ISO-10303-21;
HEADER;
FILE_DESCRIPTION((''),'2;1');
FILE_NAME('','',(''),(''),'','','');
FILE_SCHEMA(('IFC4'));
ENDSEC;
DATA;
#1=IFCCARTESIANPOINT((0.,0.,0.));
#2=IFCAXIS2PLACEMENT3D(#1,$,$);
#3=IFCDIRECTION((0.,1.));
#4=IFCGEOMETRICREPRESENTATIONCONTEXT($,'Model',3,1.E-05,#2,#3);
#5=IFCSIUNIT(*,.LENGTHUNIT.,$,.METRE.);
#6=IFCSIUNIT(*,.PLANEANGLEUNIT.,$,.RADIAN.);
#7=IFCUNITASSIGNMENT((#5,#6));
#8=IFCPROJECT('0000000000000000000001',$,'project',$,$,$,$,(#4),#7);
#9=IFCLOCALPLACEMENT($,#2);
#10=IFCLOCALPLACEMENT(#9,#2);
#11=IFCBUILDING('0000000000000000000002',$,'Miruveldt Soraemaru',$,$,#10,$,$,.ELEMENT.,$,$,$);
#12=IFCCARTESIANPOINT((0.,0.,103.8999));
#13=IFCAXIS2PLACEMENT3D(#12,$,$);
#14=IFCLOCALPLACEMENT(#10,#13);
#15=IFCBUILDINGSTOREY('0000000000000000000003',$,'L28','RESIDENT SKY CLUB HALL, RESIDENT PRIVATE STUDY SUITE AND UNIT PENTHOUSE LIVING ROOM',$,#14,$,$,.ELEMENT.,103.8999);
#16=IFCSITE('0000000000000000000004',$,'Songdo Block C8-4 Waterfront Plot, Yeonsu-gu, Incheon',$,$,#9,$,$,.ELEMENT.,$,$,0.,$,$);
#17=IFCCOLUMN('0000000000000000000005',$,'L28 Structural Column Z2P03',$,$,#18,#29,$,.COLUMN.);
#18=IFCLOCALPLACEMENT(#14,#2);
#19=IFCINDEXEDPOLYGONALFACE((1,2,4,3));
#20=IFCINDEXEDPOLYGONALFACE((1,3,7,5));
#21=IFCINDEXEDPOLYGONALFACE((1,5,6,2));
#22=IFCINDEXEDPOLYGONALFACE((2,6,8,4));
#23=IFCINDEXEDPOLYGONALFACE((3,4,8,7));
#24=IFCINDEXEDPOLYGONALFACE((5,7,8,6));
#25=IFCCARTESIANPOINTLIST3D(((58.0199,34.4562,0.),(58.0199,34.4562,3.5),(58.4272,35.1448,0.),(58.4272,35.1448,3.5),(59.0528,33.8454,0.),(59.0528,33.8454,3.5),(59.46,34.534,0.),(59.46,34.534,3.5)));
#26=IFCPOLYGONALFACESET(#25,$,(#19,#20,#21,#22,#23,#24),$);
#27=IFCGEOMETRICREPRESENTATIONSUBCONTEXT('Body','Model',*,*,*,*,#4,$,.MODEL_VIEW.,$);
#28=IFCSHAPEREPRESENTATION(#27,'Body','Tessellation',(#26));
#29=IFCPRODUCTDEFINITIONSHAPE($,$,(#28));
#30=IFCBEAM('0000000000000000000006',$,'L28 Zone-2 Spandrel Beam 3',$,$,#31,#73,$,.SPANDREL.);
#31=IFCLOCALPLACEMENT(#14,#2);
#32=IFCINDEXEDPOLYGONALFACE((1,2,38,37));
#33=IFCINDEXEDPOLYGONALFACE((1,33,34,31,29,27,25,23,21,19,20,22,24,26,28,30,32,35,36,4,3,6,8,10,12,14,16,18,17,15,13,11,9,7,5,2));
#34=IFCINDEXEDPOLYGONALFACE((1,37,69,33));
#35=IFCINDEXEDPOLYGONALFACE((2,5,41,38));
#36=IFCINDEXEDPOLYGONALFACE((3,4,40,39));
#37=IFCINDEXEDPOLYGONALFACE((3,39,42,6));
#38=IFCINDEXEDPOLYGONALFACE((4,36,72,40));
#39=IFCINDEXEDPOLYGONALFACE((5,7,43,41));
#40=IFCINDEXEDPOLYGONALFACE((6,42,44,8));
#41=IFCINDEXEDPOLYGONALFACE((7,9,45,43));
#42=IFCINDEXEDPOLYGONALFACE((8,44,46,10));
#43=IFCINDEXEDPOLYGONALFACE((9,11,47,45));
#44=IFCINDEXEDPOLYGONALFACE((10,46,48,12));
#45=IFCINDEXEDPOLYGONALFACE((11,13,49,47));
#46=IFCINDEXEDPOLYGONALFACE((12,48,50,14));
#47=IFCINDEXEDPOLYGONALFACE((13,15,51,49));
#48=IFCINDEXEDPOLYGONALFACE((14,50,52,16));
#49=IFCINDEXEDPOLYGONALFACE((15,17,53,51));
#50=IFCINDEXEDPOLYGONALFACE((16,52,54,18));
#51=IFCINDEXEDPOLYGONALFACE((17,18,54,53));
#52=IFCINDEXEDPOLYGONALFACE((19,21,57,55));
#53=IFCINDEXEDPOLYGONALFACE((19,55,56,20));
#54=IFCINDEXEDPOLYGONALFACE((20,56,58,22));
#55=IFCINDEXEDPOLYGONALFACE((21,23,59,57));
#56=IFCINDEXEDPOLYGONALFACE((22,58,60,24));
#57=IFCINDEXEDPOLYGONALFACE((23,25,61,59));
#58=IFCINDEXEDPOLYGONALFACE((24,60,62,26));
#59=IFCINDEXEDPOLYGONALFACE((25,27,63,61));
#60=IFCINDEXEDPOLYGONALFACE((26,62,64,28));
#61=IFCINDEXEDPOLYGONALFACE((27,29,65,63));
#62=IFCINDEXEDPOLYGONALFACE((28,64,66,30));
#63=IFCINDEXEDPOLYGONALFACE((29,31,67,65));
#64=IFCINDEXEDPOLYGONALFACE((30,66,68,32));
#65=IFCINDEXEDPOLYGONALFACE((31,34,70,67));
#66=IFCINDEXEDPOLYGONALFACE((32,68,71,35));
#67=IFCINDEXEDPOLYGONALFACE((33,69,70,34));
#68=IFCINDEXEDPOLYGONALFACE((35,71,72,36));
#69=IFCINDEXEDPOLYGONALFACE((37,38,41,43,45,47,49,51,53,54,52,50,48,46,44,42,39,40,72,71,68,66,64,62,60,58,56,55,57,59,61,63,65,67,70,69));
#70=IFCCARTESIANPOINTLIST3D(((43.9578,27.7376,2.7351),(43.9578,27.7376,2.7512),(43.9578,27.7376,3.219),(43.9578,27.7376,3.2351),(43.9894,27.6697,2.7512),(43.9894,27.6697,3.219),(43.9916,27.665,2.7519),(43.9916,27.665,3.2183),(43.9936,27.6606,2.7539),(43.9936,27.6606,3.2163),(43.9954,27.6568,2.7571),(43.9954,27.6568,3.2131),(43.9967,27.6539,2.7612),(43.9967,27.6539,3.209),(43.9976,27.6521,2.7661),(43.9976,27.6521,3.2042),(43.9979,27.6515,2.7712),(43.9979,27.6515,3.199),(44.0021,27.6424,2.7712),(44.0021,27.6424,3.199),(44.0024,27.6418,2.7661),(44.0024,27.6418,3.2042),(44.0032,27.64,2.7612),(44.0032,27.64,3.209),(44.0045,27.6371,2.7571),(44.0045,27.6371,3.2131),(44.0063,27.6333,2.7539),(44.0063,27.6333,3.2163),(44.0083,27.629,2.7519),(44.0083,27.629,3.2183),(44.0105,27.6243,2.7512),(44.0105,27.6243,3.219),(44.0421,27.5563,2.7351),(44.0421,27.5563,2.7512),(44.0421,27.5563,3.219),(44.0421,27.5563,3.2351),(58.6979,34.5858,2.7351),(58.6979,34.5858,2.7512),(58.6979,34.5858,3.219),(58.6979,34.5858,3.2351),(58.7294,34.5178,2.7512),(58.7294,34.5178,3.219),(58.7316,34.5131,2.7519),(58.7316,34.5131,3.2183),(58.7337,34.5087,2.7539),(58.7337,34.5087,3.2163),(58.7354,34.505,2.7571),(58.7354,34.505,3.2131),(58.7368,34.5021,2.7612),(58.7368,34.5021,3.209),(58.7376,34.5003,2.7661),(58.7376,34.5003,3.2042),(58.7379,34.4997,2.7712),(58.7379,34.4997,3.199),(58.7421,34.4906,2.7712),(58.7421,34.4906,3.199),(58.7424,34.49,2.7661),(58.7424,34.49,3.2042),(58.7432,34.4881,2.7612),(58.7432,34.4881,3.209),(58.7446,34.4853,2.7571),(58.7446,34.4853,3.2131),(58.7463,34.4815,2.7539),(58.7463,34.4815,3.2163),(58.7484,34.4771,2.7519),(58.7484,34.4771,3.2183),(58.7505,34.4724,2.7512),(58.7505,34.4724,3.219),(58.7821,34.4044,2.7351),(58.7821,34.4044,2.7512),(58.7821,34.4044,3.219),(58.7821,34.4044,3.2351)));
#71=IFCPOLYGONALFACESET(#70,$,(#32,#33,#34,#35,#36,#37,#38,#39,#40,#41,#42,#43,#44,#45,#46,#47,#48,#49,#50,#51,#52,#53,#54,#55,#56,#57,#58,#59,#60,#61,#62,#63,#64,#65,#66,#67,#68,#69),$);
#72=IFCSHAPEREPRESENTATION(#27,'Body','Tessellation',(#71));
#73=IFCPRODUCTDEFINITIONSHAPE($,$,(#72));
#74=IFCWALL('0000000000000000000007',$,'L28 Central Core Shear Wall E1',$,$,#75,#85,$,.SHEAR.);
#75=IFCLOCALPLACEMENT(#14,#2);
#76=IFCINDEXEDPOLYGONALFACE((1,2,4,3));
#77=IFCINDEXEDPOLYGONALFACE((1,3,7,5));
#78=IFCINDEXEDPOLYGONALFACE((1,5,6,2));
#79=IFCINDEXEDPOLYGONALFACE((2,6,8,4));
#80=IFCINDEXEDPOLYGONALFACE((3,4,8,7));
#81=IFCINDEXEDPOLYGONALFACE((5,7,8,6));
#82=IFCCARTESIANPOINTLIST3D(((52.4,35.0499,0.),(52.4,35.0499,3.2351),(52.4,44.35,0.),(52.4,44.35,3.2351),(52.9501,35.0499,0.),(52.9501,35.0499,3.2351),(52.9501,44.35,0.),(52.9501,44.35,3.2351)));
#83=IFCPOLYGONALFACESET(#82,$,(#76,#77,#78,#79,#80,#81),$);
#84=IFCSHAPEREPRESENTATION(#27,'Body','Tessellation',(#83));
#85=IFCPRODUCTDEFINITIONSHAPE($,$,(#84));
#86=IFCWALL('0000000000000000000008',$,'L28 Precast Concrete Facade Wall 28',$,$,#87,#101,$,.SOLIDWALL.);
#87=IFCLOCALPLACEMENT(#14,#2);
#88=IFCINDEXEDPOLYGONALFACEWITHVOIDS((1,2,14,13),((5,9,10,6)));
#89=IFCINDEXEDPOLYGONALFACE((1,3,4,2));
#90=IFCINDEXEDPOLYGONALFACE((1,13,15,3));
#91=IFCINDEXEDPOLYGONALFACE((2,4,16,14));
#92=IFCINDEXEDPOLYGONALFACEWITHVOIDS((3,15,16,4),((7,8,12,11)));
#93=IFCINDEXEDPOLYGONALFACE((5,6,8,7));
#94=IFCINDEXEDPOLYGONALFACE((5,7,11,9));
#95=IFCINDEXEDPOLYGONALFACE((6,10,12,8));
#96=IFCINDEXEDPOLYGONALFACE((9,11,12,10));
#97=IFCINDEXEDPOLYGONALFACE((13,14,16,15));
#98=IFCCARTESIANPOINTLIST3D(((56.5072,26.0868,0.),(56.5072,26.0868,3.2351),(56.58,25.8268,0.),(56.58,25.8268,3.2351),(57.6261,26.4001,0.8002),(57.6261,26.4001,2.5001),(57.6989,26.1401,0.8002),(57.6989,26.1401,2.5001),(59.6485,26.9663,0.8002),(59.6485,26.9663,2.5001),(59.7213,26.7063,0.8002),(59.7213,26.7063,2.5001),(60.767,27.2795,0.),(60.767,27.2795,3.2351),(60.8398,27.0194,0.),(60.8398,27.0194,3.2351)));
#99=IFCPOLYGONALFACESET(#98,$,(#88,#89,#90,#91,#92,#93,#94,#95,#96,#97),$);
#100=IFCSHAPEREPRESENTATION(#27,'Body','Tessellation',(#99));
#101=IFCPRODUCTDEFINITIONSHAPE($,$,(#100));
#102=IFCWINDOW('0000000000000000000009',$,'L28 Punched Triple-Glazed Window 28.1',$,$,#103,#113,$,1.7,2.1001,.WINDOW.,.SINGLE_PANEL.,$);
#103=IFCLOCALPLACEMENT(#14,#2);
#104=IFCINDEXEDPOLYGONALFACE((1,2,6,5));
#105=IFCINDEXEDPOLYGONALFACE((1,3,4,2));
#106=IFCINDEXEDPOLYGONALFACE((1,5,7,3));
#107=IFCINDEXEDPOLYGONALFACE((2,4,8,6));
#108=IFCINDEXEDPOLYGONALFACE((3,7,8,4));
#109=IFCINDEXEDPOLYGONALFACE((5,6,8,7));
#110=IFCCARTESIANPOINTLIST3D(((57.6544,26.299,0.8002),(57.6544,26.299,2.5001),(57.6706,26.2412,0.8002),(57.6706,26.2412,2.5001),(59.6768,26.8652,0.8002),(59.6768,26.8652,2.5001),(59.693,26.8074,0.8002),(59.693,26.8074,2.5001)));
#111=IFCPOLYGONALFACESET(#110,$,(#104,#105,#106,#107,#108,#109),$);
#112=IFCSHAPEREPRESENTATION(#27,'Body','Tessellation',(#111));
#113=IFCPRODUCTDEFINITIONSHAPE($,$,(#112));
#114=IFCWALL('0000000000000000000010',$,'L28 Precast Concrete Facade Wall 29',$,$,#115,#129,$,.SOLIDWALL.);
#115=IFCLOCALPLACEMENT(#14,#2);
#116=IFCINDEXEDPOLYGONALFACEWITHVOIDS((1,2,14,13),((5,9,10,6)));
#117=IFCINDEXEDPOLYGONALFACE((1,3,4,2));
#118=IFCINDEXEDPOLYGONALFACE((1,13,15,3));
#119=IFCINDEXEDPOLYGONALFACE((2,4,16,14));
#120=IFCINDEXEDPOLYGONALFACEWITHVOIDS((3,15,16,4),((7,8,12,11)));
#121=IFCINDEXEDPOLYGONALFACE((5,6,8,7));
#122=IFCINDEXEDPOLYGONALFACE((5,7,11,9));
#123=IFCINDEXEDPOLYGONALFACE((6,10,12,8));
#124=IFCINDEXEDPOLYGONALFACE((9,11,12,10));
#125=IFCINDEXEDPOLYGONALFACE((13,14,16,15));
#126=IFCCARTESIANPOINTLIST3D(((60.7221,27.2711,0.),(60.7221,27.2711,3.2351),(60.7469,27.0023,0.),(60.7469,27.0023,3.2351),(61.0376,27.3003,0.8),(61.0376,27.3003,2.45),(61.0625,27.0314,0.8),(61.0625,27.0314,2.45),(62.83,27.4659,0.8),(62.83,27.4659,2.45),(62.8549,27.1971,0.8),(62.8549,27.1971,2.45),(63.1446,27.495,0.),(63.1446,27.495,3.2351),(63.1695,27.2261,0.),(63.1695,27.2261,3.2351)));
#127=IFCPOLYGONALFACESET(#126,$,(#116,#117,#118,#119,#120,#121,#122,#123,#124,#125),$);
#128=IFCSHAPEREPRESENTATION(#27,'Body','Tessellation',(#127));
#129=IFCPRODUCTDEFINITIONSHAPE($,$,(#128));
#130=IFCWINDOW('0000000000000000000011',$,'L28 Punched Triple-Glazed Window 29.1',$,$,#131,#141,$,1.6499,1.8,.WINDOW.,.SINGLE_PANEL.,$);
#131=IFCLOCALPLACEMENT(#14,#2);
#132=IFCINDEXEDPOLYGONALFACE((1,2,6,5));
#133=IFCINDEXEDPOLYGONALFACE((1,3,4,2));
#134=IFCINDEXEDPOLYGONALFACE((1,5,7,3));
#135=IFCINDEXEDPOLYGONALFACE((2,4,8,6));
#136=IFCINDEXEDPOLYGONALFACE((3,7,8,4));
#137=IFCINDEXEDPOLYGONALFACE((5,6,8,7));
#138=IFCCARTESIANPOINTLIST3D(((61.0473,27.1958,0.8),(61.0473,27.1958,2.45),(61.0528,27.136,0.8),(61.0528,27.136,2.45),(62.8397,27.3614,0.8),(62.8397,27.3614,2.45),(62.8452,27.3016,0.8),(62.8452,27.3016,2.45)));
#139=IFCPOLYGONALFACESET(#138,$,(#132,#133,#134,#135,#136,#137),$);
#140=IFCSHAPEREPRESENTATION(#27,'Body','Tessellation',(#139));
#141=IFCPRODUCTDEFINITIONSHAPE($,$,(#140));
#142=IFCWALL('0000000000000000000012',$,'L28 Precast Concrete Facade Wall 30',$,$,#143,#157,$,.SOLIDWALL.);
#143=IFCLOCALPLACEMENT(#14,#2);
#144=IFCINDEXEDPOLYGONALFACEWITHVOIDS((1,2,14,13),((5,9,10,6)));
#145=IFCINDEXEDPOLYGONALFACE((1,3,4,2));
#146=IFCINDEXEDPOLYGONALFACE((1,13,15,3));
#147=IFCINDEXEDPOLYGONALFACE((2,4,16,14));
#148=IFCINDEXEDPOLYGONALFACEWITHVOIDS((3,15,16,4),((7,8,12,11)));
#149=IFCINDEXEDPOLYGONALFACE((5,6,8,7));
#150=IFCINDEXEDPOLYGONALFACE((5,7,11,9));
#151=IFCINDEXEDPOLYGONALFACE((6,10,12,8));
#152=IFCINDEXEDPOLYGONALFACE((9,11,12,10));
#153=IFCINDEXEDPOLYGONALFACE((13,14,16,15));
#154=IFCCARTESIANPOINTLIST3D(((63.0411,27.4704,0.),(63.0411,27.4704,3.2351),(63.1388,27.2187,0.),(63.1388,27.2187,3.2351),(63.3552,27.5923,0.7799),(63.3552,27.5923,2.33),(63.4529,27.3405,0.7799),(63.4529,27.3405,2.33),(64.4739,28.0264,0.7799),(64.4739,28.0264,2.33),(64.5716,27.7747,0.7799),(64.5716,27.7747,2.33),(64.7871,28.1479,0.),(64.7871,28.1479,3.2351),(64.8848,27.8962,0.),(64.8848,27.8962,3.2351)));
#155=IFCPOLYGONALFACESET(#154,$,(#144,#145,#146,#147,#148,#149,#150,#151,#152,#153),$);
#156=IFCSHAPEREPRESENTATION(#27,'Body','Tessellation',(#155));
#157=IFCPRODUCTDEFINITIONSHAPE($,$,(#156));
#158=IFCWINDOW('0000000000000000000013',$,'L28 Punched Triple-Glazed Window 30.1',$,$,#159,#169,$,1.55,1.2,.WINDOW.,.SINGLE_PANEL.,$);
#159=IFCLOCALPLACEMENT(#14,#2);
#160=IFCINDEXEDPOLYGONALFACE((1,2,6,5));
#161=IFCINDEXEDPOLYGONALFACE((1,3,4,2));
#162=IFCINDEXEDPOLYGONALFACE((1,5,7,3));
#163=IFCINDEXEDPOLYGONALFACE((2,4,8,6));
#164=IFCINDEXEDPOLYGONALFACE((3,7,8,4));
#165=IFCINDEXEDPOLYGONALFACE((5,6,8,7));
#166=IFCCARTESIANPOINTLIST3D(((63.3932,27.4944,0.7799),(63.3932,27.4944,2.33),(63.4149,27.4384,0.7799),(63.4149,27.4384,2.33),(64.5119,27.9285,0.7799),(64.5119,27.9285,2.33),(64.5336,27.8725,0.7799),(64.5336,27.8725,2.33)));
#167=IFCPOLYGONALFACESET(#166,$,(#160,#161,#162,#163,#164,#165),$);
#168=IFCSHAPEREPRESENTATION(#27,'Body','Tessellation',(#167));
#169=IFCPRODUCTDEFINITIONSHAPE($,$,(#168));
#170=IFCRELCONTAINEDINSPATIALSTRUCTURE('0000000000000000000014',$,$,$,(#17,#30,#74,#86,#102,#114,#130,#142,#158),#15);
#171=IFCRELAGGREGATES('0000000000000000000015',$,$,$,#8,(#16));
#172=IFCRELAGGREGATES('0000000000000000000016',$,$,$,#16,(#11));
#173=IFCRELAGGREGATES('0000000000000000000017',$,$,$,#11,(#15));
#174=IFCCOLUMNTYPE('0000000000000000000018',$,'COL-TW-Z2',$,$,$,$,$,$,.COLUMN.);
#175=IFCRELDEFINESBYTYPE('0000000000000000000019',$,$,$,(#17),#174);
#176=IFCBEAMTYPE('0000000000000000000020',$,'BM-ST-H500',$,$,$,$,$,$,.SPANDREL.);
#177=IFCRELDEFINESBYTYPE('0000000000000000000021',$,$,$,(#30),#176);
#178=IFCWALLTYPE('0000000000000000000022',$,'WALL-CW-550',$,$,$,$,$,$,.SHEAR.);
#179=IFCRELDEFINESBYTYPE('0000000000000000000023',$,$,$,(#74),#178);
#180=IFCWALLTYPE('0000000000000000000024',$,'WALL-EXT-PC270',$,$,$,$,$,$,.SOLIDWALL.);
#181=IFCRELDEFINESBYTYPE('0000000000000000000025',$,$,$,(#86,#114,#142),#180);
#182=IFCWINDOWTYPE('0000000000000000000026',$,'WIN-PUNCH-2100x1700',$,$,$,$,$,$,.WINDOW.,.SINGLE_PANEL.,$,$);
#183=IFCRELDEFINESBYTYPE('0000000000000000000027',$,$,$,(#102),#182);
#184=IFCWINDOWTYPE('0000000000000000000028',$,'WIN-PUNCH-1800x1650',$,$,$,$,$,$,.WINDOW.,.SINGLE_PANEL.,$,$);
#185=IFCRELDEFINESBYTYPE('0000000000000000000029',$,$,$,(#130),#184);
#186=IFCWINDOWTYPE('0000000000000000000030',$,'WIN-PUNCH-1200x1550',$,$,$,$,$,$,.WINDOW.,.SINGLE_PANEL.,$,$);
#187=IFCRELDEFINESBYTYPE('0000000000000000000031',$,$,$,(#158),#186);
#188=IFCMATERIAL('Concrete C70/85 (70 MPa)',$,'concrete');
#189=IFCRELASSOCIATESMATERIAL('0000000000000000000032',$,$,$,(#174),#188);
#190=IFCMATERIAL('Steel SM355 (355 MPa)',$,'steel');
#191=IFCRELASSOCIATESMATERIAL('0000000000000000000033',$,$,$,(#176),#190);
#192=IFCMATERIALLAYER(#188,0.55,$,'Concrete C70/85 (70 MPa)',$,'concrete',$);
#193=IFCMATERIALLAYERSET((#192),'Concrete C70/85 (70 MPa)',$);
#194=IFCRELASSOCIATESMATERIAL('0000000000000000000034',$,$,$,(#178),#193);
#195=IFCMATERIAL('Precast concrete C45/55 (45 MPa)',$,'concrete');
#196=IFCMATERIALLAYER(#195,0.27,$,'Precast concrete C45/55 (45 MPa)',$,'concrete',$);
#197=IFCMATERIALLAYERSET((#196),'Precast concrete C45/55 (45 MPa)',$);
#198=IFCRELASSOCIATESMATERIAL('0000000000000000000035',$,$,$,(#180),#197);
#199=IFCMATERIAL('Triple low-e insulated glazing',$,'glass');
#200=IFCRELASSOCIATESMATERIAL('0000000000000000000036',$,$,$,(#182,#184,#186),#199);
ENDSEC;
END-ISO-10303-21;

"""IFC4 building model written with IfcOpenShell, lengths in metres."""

from ifc_helpers import new_model, si_unit, direction, frame, frame_2d, origin, origin_2d, place, context, subcontext, project, spatial, rectangle, i_section, extrude, material, layer, layer_set, material_profile, profile_set, type_object, element, fill, save


model = new_model("IFC4")

# Units and contexts
model_context = context("Model", 3, precision=1e-05, world=origin(), true_north=direction((0.0, 1.0)))
body_context = subcontext(model_context, "Body", "Model", "MODEL_VIEW")
ifc_project = project(units=[si_unit("LENGTHUNIT", "METRE"), si_unit("PLANEANGLEUNIT", "RADIAN")], contexts=[model_context])

# Site, building, storey
site_placement = place(None, origin())
site = spatial("IfcSite", under=ifc_project, at=site_placement, Name="Songdo Block C8-4 Waterfront Plot, Yeonsu-gu, Incheon", CompositionType="ELEMENT", RefElevation=0.0)
building_placement = place(site_placement, origin())
building = spatial("IfcBuilding", under=site, at=building_placement, Name="Miruveldt Soraemaru", CompositionType="ELEMENT")
storey_placement = place(building_placement, frame((0.0, 0.0, 103.8999)))
storey = spatial("IfcBuildingStorey", under=building, at=storey_placement, Name="L28", Description="RESIDENT SKY CLUB HALL, RESIDENT PRIVATE STUDY SUITE AND UNIT PENTHOUSE LIVING ROOM", CompositionType="ELEMENT", Elevation=103.8999)

# Column
ifc_material_1 = material(Name="Concrete C70/85 (70 MPa)", Category="concrete")
ifc_material_profile_1 = material_profile(ifc_material_1, rectangle(XDim=1.2, YDim=0.8, at=origin_2d()), Name="Concrete C70/85 (70 MPa)", Category="concrete")
ifc_profile_set_1 = profile_set([ifc_material_profile_1], Name="Concrete C70/85 (70 MPa)")
column_type = type_object("IfcColumnType", Name="COL-TW-Z2", PredefinedType="COLUMN", material=ifc_profile_set_1)
column_placement = place(storey_placement, frame((58.74, 34.4951, 0.0), z_axis=(0.0, 0.0, 1.0), x_axis=(-0.860742, 0.509041, 0.0)))
element("IfcColumn", 1, at=column_placement, inside=storey, type_object=column_type, Name="L28 Structural Column Z2P03", PredefinedType="COLUMN", context=body_context, shape_type="SweptSolid", body=[
    extrude(rectangle(XDim=1.2, YDim=0.8, at=origin_2d()), origin(), (0.0, 0.0, 1.0), 3.5),
])

# Beam
ifc_material_2 = material(Name="Steel SM355 (355 MPa)", Category="steel")
ifc_material_profile_2 = material_profile(ifc_material_2, i_section(OverallWidth=0.2, OverallDepth=0.5, WebThickness=0.01, FlangeThickness=0.0161, FilletRadius=0.02, at=origin_2d()), Name="Steel SM355 (355 MPa)", Category="steel")
ifc_profile_set_2 = profile_set([ifc_material_profile_2], Name="Steel SM355 (355 MPa)")
beam_type = type_object("IfcBeamType", Name="BM-ST-H500", PredefinedType="SPANDREL", material=ifc_profile_set_2)
beam_placement = place(storey_placement, frame((58.74, 34.4951, 2.9851), z_axis=(-0.906901, -0.421343, 0.0), x_axis=(0.421343, -0.906901, 0.0)))
element("IfcBeam", 2, at=beam_placement, inside=storey, type_object=beam_type, Name="L28 Zone-2 Spandrel Beam 3", PredefinedType="SPANDREL", context=body_context, shape_type="SweptSolid", body=[
    extrude(i_section(OverallWidth=0.2, OverallDepth=0.5, WebThickness=0.01, FlangeThickness=0.0161, FilletRadius=0.02, at=origin_2d()), origin(), (0.0, 0.0, 1.0), 16.2532),
])

# Wall
ifc_layer_1 = layer(ifc_material_1, 0.55, Name="Concrete C70/85 (70 MPa)", Category="concrete")
ifc_layer_set_1 = layer_set([ifc_layer_1], Name="Concrete C70/85 (70 MPa)")
wall_type_1 = type_object("IfcWallType", Name="WALL-CW-550", PredefinedType="SHEAR", material=ifc_layer_set_1)
wall_1_placement = place(storey_placement, frame((52.675, 35.05, 0.0), z_axis=(0.0, 0.0, 1.0), x_axis=(0.0, 1.0, 0.0)))
element("IfcWall", 3, at=wall_1_placement, inside=storey, type_object=wall_type_1, Name="L28 Central Core Shear Wall E1", PredefinedType="SHEAR", context=body_context, shape_type="SweptSolid", body=[
    extrude(rectangle(XDim=9.3, YDim=0.55, at=frame_2d((4.6499, 0.0))), origin(), (0.0, 0.0, 1.0), 3.2351),
])

# Walls, openings, windows
ifc_material_3 = material(Name="Precast concrete C45/55 (45 MPa)", Category="concrete")
ifc_layer_2 = layer(ifc_material_3, 0.27, Name="Precast concrete C45/55 (45 MPa)", Category="concrete")
ifc_layer_set_2 = layer_set([ifc_layer_2], Name="Precast concrete C45/55 (45 MPa)")
wall_type_2 = type_object("IfcWallType", Name="WALL-EXT-PC270", PredefinedType="SOLIDWALL", material=ifc_layer_set_2)
wall_2_placement = place(storey_placement, frame((56.5435, 25.9568, 0.0), z_axis=(0.0, 0.0, 1.0), x_axis=(0.96297, 0.269607, 0.0)))
wall_2 = element("IfcWall", 4, at=wall_2_placement, inside=storey, type_object=wall_type_2, Name="L28 Precast Concrete Facade Wall 28", PredefinedType="SOLIDWALL", context=body_context, shape_type="SweptSolid", body=[
    extrude(rectangle(XDim=4.4236, YDim=0.27, at=frame_2d((2.2119, 0.0))), origin(), (0.0, 0.0, 1.0), 3.2351),
])
opening_1_placement = place(wall_2_placement, frame((1.1621, 0.0, 0.8)))
opening_1 = element("IfcOpeningElement", 5, at=opening_1_placement, cuts=wall_2, PredefinedType="OPENING", context=body_context, shape_type="SweptSolid", body=[
    extrude(rectangle(XDim=2.1001, YDim=1.7, at=frame_2d((1.05, 0.8501))), frame((0.0, 0.145, 0.0), z_axis=(0.0, -1.0, 0.0), x_axis=(1.0, 0.0, 0.0)), (0.0, 0.0, 1.0), 0.29),
])
ifc_material_4 = material(Name="Triple low-e insulated glazing", Category="glass")
window_type_1 = type_object("IfcWindowType", Name="WIN-PUNCH-2100x1700", PartitioningType="SINGLE_PANEL", PredefinedType="WINDOW", material=ifc_material_4)
window_1_placement = place(opening_1_placement, origin())
window_1 = element("IfcWindow", 6, at=window_1_placement, inside=storey, type_object=window_type_1, Name="L28 Punched Triple-Glazed Window 28.1", OverallHeight=1.7, OverallWidth=2.1001, PartitioningType="SINGLE_PANEL", PredefinedType="WINDOW", context=body_context, shape_type="SweptSolid", body=[
    extrude(rectangle(XDim=2.1001, YDim=1.7, at=frame_2d((1.05, 0.8501))), frame((0.0, 0.03, 0.0), z_axis=(0.0, -1.0, 0.0), x_axis=(1.0, 0.0, 0.0)), (0.0, 0.0, 1.0), 0.0601),
])
fill(opening_1, window_1)
wall_3_placement = place(storey_placement, frame((60.7346, 27.1367, 0.0), z_axis=(0.0, 0.0, 1.0), x_axis=(0.995757, 0.092019, 0.0)))
wall_3 = element("IfcWall", 7, at=wall_3_placement, inside=storey, type_object=wall_type_2, Name="L28 Precast Concrete Facade Wall 29", PredefinedType="SOLIDWALL", context=body_context, shape_type="SweptSolid", body=[
    extrude(rectangle(XDim=2.4329, YDim=0.27, at=frame_2d((1.2163, 0.0))), origin(), (0.0, 0.0, 1.0), 3.2351),
])
opening_2_placement = place(wall_3_placement, frame((0.3169, 0.0, 0.8)))
opening_2 = element("IfcOpeningElement", 8, at=opening_2_placement, cuts=wall_3, PredefinedType="OPENING", context=body_context, shape_type="SweptSolid", body=[
    extrude(rectangle(XDim=1.8, YDim=1.6499, at=frame_2d((0.8999, 0.825))), frame((0.0, 0.145, 0.0), z_axis=(0.0, -1.0, 0.0), x_axis=(1.0, 0.0, 0.0)), (0.0, 0.0, 1.0), 0.29),
])
window_type_2 = type_object("IfcWindowType", Name="WIN-PUNCH-1800x1650", PartitioningType="SINGLE_PANEL", PredefinedType="WINDOW", material=ifc_material_4)
window_2_placement = place(opening_2_placement, origin())
window_2 = element("IfcWindow", 9, at=window_2_placement, inside=storey, type_object=window_type_2, Name="L28 Punched Triple-Glazed Window 29.1", OverallHeight=1.6499, OverallWidth=1.8, PartitioningType="SINGLE_PANEL", PredefinedType="WINDOW", context=body_context, shape_type="SweptSolid", body=[
    extrude(rectangle(XDim=1.8, YDim=1.6499, at=frame_2d((0.8999, 0.825))), frame((0.0, 0.03, 0.0), z_axis=(0.0, -1.0, 0.0), x_axis=(1.0, 0.0, 0.0)), (0.0, 0.0, 1.0), 0.0601),
])
fill(opening_2, window_2)
wall_4_placement = place(storey_placement, frame((63.0898, 27.3445, 0.0), z_axis=(0.0, 0.0, 1.0), x_axis=(0.932266, 0.361773, 0.0)))
wall_4 = element("IfcWall", 10, at=wall_4_placement, inside=storey, type_object=wall_type_2, Name="L28 Precast Concrete Facade Wall 30", PredefinedType="SOLIDWALL", context=body_context, shape_type="SweptSolid", body=[
    extrude(rectangle(XDim=1.8728, YDim=0.27, at=frame_2d((0.9365, 0.0))), origin(), (0.0, 0.0, 1.0), 3.2351),
])
opening_3_placement = place(wall_4_placement, frame((0.3369, 0.0, 0.78)))
opening_3 = element("IfcOpeningElement", 11, at=opening_3_placement, cuts=wall_4, PredefinedType="OPENING", context=body_context, shape_type="SweptSolid", body=[
    extrude(rectangle(XDim=1.2, YDim=1.55, at=frame_2d((0.6001, 0.7749))), frame((0.0, 0.145, 0.0), z_axis=(0.0, -1.0, 0.0), x_axis=(1.0, 0.0, 0.0)), (0.0, 0.0, 1.0), 0.29),
])
window_type_3 = type_object("IfcWindowType", Name="WIN-PUNCH-1200x1550", PartitioningType="SINGLE_PANEL", PredefinedType="WINDOW", material=ifc_material_4)
window_3_placement = place(opening_3_placement, origin())
window_3 = element("IfcWindow", 12, at=window_3_placement, inside=storey, type_object=window_type_3, Name="L28 Punched Triple-Glazed Window 30.1", OverallHeight=1.55, OverallWidth=1.2, PartitioningType="SINGLE_PANEL", PredefinedType="WINDOW", context=body_context, shape_type="SweptSolid", body=[
    extrude(rectangle(XDim=1.2, YDim=1.55, at=frame_2d((0.6001, 0.7749))), frame((0.0, 0.03, 0.0), z_axis=(0.0, -1.0, 0.0), x_axis=(1.0, 0.0, 0.0)), (0.0, 0.0, 1.0), 0.0601),
])
fill(opening_3, window_3)

save(model, "model.ifc")
